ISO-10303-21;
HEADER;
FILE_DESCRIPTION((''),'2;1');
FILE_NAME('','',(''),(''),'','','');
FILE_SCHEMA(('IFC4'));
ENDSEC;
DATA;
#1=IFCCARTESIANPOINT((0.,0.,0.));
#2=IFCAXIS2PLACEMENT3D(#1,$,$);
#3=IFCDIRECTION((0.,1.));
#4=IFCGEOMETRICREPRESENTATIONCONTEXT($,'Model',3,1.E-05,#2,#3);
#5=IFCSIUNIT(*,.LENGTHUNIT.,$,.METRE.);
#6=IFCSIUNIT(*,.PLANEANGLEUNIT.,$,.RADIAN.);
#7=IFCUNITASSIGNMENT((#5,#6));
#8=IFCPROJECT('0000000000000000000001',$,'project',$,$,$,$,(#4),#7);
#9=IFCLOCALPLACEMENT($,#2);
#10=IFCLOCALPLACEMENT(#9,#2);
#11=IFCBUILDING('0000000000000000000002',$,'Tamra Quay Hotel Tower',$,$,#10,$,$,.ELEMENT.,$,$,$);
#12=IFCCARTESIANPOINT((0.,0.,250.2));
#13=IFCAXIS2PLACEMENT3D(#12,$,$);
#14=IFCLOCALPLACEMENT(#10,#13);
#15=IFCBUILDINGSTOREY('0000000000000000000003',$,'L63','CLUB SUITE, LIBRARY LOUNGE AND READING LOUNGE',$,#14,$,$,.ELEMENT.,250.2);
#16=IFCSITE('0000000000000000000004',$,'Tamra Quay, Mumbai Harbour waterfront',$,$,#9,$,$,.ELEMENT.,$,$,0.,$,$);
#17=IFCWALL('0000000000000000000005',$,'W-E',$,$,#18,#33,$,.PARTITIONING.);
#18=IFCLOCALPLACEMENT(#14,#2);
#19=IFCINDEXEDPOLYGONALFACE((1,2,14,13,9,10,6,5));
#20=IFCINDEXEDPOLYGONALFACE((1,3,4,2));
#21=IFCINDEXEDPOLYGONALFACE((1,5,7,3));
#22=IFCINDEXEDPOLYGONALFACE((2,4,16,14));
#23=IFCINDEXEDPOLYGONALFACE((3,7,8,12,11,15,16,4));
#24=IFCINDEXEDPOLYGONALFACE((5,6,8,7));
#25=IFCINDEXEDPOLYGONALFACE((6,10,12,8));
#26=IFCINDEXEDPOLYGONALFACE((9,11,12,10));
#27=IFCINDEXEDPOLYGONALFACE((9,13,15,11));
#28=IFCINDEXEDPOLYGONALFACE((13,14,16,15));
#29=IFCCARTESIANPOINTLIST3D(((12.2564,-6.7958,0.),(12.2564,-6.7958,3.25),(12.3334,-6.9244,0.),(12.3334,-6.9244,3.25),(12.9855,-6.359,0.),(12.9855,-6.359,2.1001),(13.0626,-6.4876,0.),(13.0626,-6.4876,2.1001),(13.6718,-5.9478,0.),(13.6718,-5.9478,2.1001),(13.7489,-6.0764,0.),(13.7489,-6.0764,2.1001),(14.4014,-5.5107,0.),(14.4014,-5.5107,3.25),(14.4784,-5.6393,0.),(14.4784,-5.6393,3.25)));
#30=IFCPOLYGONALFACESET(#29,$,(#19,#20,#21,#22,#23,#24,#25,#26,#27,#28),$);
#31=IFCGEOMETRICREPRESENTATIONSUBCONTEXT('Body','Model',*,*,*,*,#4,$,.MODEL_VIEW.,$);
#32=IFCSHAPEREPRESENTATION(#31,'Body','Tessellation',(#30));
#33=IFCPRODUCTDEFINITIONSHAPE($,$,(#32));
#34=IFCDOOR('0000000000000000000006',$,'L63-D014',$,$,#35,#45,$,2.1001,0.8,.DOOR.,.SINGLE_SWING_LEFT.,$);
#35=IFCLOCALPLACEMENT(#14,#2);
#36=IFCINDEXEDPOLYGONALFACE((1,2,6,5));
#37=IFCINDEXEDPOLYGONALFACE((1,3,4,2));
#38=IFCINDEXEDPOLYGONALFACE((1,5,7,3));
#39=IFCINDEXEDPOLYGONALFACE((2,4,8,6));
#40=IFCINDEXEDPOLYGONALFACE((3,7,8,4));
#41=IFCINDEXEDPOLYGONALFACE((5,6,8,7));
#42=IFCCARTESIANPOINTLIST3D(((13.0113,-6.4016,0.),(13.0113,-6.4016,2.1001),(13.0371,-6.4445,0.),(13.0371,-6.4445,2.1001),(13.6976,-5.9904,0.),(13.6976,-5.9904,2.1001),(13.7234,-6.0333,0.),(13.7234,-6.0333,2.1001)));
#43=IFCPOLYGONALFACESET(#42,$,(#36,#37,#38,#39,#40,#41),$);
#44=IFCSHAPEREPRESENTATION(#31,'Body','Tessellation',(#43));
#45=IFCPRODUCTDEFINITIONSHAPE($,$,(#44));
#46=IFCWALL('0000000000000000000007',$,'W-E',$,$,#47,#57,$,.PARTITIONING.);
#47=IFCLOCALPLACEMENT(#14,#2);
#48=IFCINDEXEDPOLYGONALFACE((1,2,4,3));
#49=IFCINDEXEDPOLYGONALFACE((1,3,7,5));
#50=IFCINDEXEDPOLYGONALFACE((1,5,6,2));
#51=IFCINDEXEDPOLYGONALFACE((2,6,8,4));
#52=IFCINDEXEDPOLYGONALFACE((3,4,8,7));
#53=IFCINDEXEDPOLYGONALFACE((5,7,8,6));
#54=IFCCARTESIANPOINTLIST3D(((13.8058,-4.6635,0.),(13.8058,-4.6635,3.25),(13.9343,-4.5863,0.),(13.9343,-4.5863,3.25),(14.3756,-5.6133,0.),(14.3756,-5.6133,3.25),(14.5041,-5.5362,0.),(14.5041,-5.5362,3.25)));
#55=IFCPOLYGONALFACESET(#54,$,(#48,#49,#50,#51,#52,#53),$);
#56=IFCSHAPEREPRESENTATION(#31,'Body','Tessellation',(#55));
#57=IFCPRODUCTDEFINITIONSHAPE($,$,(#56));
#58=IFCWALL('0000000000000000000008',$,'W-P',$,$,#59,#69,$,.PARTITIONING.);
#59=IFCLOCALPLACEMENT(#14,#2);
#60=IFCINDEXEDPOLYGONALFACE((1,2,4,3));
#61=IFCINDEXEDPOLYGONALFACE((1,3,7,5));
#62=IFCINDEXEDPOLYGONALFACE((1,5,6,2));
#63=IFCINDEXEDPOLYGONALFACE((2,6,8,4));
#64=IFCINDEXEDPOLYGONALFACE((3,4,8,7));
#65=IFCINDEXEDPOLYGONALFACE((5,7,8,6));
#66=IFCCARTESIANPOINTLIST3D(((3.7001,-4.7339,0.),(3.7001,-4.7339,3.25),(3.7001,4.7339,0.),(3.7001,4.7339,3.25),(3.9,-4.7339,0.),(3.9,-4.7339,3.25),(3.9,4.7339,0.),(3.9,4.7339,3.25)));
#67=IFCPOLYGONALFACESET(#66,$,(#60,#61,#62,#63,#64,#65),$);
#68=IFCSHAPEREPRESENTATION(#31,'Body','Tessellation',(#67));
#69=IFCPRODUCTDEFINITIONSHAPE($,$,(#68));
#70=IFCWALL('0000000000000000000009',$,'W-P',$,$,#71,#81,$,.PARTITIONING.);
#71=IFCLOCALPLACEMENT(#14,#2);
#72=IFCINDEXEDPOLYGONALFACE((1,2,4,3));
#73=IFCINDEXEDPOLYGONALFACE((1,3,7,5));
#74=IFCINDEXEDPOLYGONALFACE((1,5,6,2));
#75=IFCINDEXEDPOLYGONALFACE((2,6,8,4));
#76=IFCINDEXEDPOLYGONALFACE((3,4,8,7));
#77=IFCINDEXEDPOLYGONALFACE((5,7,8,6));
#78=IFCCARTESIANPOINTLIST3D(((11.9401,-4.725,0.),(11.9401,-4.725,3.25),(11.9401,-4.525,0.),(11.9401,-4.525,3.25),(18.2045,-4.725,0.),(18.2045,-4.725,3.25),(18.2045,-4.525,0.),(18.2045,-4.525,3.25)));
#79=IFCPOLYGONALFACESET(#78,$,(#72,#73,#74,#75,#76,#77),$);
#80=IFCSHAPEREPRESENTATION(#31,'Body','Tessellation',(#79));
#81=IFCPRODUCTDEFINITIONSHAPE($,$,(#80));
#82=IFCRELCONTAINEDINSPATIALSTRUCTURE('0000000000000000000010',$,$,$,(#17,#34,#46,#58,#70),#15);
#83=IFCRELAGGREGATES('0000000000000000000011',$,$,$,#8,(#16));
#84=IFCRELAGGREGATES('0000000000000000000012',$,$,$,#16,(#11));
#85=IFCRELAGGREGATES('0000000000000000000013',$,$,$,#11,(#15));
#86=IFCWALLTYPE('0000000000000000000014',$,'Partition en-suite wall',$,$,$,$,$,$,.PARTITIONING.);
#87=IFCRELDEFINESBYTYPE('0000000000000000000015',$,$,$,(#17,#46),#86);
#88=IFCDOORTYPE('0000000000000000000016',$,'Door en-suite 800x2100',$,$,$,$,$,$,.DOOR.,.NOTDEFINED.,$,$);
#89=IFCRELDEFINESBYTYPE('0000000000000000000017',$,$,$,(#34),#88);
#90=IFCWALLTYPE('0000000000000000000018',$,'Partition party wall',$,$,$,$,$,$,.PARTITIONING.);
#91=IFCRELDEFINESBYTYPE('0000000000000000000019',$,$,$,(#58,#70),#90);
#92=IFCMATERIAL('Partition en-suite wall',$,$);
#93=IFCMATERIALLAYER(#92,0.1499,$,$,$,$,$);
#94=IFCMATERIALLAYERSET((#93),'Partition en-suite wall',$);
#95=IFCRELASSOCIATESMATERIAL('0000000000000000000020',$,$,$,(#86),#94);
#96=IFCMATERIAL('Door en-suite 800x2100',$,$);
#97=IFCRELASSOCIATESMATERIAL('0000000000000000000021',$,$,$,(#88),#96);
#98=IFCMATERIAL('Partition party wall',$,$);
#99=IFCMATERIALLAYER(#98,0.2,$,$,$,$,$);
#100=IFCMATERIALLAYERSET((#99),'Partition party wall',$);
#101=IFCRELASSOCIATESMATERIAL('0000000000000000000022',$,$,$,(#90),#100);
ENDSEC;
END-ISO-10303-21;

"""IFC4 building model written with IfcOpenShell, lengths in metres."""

from ifc_helpers import new_model, si_unit, direction, frame, frame_2d, origin, place, context, subcontext, project, spatial, rectangle, extrude, material, layer, layer_set, type_object, element, fill, save


model = new_model("IFC4")

# Units and contexts
model_context = context("Model", 3, precision=1e-05, world=origin(), true_north=direction((0.0, 1.0)))
body_context = subcontext(model_context, "Body", "Model", "MODEL_VIEW")
ifc_project = project(units=[si_unit("LENGTHUNIT", "METRE"), si_unit("PLANEANGLEUNIT", "RADIAN")], contexts=[model_context])

# Site, building, storey
site_placement = place(None, origin())
site = spatial("IfcSite", under=ifc_project, at=site_placement, Name="Tamra Quay, Mumbai Harbour waterfront", CompositionType="ELEMENT", RefElevation=0.0)
building_placement = place(site_placement, origin())
building = spatial("IfcBuilding", under=site, at=building_placement, Name="Tamra Quay Hotel Tower", CompositionType="ELEMENT")
storey_placement = place(building_placement, frame((0.0, 0.0, 250.2)))
storey = spatial("IfcBuildingStorey", under=building, at=storey_placement, Name="L63", Description="CLUB SUITE, LIBRARY LOUNGE AND READING LOUNGE", CompositionType="ELEMENT", Elevation=250.2)

# Wall, opening, door
ifc_material_1 = material(Name="Partition en-suite wall")
ifc_layer_1 = layer(ifc_material_1, 0.1499)
ifc_layer_set_1 = layer_set([ifc_layer_1], Name="Partition en-suite wall")
wall_type_1 = type_object("IfcWallType", Name="Partition en-suite wall", PredefinedType="PARTITIONING", material=ifc_layer_set_1)
wall_1_placement = place(storey_placement, frame((12.2949, -6.8601, 0.0), z_axis=(0.0, 0.0, 1.0), x_axis=(0.85782, 0.51395, 0.0)))
wall_1 = element("IfcWall", 1, at=wall_1_placement, inside=storey, type_object=wall_type_1, Name="W-E", PredefinedType="PARTITIONING", context=body_context, shape_type="SweptSolid", body=[
    extrude(rectangle(XDim=2.5005, YDim=0.1499, at=frame_2d((1.2502, 0.0))), origin(), (0.0, 0.0, 1.0), 3.25),
])
opening_1_placement = place(wall_1_placement, frame((0.8501, 0.0, 0.0)))
opening_1 = element("IfcOpeningElement", 2, at=opening_1_placement, cuts=wall_1, PredefinedType="OPENING", context=body_context, shape_type="SweptSolid", body=[
    extrude(rectangle(XDim=0.8, YDim=2.1001, at=frame_2d((0.3999, 1.05))), frame((0.0, 0.085, 0.0), z_axis=(0.0, -1.0, 0.0), x_axis=(1.0, 0.0, 0.0)), (0.0, 0.0, 1.0), 0.1699),
])
ifc_material_2 = material(Name="Door en-suite 800x2100")
door_type_1 = type_object("IfcDoorType", Name="Door en-suite 800x2100", OperationType="NOTDEFINED", PredefinedType="DOOR", material=ifc_material_2)
door_1_placement = place(opening_1_placement, frame((0.8, 0.0, 0.0), z_axis=(0.0, 0.0, 1.0), x_axis=(-1.0, 0.0, 0.0)))
door_1 = element("IfcDoor", 3, at=door_1_placement, inside=storey, type_object=door_type_1, Name="L63-D014", OperationType="SINGLE_SWING_LEFT", OverallHeight=2.1001, OverallWidth=0.8, PredefinedType="DOOR", context=body_context, shape_type="SweptSolid", body=[
    extrude(rectangle(XDim=0.8, YDim=2.1001, at=frame_2d((0.3999, 1.05))), frame((0.0, 0.0249, 0.0), z_axis=(0.0, -1.0, 0.0), x_axis=(1.0, 0.0, 0.0)), (0.0, 0.0, 1.0), 0.05),
])
fill(opening_1, door_1)

# Walls
wall_2_placement = place(storey_placement, frame((13.8701, -4.625, 0.0), z_axis=(0.0, 0.0, 1.0), x_axis=(0.514399, -0.857551, 0.0)))
element("IfcWall", 4, at=wall_2_placement, inside=storey, type_object=wall_type_1, Name="W-E", PredefinedType="PARTITIONING", context=body_context, shape_type="SweptSolid", body=[
    extrude(rectangle(XDim=1.1077, YDim=0.1499, at=frame_2d((0.5537, 0.0))), origin(), (0.0, 0.0, 1.0), 3.25),
])
ifc_material_3 = material(Name="Partition party wall")
ifc_layer_2 = layer(ifc_material_3, 0.2)
ifc_layer_set_2 = layer_set([ifc_layer_2], Name="Partition party wall")
wall_type_2 = type_object("IfcWallType", Name="Partition party wall", PredefinedType="PARTITIONING", material=ifc_layer_set_2)
wall_3_placement = place(storey_placement, frame((3.8, -4.7339, 0.0), z_axis=(0.0, 0.0, 1.0), x_axis=(0.0, 1.0, 0.0)))
element("IfcWall", 5, at=wall_3_placement, inside=storey, type_object=wall_type_2, Name="W-P", PredefinedType="PARTITIONING", context=body_context, shape_type="SweptSolid", body=[
    extrude(rectangle(XDim=9.4678, YDim=0.2, at=frame_2d((4.7339, 0.0))), origin(), (0.0, 0.0, 1.0), 3.25),
])
wall_4_placement = place(storey_placement, frame((11.9399, -4.625, 0.0), z_axis=(0.0, 0.0, 1.0), x_axis=(1.0, 0.0, 0.0)))
element("IfcWall", 6, at=wall_4_placement, inside=storey, type_object=wall_type_2, Name="W-P", PredefinedType="PARTITIONING", context=body_context, shape_type="SweptSolid", body=[
    extrude(rectangle(XDim=6.2644, YDim=0.2, at=frame_2d((3.1323, 0.0))), origin(), (0.0, 0.0, 1.0), 3.25),
])

save(model, "model.ifc")
